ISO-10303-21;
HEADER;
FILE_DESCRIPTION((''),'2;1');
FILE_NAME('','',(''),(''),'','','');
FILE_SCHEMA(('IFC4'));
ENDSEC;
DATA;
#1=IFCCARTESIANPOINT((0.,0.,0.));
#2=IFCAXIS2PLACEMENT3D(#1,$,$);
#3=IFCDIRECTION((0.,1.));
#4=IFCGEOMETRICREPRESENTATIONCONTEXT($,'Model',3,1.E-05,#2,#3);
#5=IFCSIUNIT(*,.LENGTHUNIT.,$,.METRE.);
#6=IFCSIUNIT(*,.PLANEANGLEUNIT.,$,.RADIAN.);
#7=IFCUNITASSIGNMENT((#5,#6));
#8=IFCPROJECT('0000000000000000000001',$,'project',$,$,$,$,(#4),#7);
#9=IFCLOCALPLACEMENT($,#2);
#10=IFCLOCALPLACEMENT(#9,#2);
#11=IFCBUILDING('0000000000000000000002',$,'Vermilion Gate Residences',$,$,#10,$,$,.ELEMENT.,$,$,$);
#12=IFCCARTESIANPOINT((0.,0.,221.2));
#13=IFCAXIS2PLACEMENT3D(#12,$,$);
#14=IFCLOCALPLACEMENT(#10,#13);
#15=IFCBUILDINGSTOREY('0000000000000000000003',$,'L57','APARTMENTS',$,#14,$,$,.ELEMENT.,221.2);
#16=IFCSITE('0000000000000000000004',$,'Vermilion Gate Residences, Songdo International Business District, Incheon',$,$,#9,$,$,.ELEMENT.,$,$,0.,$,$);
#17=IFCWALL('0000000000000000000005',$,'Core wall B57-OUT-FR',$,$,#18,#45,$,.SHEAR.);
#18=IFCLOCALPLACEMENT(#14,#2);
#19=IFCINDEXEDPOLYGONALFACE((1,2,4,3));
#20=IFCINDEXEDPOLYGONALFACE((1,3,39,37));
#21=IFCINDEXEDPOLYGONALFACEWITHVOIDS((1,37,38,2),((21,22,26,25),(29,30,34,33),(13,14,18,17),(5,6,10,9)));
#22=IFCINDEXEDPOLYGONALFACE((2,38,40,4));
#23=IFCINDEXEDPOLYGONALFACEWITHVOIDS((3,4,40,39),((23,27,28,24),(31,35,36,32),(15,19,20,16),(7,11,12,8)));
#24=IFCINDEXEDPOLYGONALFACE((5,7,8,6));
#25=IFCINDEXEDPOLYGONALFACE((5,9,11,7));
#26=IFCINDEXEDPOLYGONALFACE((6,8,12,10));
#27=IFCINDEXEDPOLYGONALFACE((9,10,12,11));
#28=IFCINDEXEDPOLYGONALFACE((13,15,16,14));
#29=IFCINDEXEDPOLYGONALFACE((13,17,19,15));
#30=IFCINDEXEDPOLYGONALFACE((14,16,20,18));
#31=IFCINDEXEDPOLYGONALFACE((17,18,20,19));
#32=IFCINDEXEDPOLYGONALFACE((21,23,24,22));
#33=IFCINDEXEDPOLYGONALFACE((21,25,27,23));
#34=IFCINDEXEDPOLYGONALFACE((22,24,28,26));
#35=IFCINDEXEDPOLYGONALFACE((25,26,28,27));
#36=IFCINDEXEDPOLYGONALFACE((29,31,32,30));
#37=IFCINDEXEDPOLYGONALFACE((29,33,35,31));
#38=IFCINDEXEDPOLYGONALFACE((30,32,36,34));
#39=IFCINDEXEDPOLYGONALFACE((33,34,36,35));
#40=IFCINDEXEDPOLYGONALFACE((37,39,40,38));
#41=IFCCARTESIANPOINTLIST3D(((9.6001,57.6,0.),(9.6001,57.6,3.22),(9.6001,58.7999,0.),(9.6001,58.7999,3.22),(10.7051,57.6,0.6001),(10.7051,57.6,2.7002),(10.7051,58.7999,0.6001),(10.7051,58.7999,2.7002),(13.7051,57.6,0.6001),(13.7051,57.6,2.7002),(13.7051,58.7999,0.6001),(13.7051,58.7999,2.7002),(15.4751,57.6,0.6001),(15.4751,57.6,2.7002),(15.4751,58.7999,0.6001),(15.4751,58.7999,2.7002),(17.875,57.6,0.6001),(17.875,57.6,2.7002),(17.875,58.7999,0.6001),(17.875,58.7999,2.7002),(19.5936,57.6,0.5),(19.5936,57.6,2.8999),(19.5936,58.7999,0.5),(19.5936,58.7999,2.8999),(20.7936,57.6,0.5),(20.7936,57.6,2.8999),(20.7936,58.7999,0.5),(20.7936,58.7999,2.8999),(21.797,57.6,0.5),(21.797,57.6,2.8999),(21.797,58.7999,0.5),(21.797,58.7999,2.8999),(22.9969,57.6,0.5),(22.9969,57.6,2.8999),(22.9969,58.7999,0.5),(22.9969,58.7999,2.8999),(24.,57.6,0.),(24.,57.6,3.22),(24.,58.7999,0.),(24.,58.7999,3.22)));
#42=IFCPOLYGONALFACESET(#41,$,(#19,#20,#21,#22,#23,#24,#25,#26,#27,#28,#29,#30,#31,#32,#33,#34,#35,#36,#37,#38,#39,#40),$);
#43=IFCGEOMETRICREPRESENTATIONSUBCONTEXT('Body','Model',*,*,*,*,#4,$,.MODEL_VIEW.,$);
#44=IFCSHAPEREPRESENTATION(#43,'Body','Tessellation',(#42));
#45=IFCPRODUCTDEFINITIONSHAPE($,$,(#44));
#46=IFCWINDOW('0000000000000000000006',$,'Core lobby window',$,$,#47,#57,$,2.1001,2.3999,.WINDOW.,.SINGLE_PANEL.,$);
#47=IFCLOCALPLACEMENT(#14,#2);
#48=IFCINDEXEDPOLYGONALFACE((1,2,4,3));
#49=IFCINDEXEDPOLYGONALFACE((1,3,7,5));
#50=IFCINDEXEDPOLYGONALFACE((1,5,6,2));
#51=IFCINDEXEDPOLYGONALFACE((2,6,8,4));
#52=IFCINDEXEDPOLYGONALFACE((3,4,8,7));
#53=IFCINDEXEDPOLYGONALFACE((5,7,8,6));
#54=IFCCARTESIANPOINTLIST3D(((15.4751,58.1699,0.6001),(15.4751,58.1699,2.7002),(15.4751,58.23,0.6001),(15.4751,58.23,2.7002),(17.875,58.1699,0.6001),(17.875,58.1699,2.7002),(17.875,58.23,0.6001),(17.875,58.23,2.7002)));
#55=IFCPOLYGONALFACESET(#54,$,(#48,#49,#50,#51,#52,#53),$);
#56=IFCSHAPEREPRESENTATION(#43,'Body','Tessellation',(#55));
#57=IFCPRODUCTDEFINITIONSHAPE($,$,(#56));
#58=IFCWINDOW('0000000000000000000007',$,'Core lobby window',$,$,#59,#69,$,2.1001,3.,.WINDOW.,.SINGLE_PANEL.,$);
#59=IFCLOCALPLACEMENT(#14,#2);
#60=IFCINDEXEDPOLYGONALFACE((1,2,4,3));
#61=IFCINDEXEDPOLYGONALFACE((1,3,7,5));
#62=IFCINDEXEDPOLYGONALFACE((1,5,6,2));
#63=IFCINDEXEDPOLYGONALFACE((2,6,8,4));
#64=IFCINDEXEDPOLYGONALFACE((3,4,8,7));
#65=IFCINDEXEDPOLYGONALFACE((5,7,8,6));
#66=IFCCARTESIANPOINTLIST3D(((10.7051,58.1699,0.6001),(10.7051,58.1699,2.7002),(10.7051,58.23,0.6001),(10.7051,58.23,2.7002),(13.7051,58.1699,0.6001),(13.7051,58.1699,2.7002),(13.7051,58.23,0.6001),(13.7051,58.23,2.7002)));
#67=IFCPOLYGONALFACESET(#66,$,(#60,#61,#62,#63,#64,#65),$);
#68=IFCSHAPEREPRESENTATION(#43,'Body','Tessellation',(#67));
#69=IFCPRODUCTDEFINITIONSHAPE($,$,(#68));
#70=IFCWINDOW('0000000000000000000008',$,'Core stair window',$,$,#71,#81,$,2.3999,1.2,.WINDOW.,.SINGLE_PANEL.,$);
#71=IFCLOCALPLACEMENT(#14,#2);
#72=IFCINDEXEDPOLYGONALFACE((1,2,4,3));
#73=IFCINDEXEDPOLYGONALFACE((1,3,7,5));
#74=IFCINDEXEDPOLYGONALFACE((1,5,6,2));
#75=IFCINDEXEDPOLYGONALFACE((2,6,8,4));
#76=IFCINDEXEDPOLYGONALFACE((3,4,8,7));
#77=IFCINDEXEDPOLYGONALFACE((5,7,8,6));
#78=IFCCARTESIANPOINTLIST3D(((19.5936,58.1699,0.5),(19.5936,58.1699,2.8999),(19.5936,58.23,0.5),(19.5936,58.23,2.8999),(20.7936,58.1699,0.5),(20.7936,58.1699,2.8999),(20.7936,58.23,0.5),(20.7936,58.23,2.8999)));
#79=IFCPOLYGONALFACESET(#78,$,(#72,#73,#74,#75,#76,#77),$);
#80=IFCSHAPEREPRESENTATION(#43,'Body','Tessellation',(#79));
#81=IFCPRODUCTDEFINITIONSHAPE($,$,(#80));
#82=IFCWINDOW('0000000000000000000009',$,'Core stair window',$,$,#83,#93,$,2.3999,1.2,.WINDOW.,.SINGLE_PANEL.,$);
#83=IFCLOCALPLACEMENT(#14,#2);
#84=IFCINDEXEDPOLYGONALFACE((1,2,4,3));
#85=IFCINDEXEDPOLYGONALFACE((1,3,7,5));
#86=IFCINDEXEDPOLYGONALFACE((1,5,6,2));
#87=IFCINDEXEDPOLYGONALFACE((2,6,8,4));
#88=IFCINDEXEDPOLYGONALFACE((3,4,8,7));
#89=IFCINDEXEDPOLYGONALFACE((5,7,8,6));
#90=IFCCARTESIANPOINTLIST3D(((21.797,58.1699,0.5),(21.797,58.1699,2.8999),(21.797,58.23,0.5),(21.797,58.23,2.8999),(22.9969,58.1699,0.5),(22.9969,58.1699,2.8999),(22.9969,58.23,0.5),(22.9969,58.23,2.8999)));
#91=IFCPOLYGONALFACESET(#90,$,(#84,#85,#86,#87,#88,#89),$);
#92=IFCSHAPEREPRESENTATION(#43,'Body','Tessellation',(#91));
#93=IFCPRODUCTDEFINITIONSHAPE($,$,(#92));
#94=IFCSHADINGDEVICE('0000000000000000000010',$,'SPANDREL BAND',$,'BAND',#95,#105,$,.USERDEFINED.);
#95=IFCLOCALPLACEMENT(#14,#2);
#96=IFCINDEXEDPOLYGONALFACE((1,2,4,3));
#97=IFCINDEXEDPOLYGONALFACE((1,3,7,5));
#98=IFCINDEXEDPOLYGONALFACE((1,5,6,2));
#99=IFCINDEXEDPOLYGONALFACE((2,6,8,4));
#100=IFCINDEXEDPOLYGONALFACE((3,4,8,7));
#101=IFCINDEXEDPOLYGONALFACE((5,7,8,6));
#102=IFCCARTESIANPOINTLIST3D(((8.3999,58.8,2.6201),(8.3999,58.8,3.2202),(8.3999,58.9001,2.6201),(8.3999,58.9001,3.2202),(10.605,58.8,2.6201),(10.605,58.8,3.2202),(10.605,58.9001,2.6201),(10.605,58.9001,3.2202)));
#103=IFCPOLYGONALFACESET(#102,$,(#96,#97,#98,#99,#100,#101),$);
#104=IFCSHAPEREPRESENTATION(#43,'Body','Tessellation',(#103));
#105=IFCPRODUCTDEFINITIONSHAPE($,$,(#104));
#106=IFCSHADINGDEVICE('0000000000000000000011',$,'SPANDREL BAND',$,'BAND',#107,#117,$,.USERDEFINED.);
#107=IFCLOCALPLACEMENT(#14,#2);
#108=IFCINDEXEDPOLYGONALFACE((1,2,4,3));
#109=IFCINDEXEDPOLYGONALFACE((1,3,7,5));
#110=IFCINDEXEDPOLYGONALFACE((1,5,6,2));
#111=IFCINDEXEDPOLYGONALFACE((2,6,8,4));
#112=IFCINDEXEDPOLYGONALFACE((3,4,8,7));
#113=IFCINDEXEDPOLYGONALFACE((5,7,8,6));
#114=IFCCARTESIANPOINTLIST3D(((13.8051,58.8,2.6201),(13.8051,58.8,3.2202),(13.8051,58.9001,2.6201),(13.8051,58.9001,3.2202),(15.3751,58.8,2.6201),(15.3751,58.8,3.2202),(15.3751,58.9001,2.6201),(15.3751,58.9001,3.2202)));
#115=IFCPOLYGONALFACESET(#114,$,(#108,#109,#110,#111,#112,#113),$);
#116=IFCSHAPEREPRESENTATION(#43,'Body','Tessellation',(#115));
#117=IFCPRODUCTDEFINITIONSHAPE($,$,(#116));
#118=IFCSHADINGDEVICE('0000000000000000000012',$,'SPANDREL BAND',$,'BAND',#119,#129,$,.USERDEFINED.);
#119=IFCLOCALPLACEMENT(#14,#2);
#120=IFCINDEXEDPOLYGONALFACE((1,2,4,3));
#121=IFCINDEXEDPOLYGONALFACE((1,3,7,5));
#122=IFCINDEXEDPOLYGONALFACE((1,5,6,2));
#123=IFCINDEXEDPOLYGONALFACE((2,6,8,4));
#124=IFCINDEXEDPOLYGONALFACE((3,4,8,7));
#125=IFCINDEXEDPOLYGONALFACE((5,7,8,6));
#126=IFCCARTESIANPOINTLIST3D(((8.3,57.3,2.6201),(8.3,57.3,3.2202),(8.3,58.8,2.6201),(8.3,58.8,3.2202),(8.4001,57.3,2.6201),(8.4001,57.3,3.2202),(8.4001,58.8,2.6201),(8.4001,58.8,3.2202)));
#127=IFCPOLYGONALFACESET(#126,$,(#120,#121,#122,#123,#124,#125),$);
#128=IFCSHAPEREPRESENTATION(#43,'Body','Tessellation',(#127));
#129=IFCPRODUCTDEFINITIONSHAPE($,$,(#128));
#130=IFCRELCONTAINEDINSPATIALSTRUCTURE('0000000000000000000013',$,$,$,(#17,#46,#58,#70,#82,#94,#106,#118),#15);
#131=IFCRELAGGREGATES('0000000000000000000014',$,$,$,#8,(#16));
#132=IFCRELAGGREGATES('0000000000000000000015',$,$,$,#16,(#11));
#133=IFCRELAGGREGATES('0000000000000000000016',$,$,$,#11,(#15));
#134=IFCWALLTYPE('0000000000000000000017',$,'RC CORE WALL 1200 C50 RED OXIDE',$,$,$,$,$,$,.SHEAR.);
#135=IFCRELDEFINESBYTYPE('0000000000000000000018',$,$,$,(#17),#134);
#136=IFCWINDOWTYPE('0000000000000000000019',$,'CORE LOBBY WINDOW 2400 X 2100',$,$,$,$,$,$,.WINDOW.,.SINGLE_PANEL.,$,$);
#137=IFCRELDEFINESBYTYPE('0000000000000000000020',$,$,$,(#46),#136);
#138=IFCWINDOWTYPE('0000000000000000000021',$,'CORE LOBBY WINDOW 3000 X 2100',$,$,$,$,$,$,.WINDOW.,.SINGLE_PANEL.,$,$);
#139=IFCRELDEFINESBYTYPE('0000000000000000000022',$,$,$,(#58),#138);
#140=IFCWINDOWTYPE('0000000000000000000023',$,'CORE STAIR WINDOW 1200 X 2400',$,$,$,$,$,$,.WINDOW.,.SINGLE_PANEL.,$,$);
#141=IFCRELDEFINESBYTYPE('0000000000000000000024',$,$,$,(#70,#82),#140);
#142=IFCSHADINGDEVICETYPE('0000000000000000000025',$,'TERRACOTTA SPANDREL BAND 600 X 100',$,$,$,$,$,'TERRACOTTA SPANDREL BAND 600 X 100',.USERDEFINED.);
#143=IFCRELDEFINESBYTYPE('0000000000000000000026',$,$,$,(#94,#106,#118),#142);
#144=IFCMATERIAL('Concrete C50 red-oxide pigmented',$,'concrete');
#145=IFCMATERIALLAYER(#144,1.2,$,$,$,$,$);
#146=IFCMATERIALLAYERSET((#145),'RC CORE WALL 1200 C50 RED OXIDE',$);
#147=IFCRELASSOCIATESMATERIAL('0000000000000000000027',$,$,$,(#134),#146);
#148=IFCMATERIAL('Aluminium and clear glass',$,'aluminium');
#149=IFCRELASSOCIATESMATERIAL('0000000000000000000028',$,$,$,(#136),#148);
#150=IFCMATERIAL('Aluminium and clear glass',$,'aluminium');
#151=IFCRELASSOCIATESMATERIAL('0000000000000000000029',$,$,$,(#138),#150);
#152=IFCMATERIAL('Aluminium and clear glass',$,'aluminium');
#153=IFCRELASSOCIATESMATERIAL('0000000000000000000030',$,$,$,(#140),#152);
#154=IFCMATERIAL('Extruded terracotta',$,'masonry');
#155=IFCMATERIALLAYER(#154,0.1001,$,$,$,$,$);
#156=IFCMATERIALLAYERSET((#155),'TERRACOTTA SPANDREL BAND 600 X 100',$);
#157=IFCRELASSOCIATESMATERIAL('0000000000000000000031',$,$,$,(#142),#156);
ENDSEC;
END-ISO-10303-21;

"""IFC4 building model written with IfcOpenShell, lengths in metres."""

from ifc_helpers import new_model, si_unit, direction, frame, frame_2d, origin, origin_2d, place, context, subcontext, project, spatial, rectangle, extrude, material, layer, layer_set, type_object, element, fill, save


model = new_model("IFC4")

# Units and contexts
model_context = context("Model", 3, precision=1e-05, world=origin(), true_north=direction((0.0, 1.0)))
body_context = subcontext(model_context, "Body", "Model", "MODEL_VIEW")
ifc_project = project(units=[si_unit("LENGTHUNIT", "METRE"), si_unit("PLANEANGLEUNIT", "RADIAN")], contexts=[model_context])

# Site, building, storey
site_placement = place(None, origin())
site = spatial("IfcSite", under=ifc_project, at=site_placement, Name="Vermilion Gate Residences, Songdo International Business District, Incheon", CompositionType="ELEMENT", RefElevation=0.0)
building_placement = place(site_placement, origin())
building = spatial("IfcBuilding", under=site, at=building_placement, Name="Vermilion Gate Residences", CompositionType="ELEMENT")
storey_placement = place(building_placement, frame((0.0, 0.0, 221.2)))
storey = spatial("IfcBuildingStorey", under=building, at=storey_placement, Name="L57", Description="APARTMENTS", CompositionType="ELEMENT", Elevation=221.2)

# Wall, openings, windows
ifc_material_1 = material(Name="Concrete C50 red-oxide pigmented", Category="concrete")
ifc_layer_1 = layer(ifc_material_1, 1.2)
ifc_layer_set_1 = layer_set([ifc_layer_1], Name="RC CORE WALL 1200 C50 RED OXIDE")
wall_type_1 = type_object("IfcWallType", Name="RC CORE WALL 1200 C50 RED OXIDE", PredefinedType="SHEAR", material=ifc_layer_set_1)
ifc_material_2 = material(Name="Aluminium and clear glass", Category="aluminium")
window_type_1 = type_object("IfcWindowType", Name="CORE LOBBY WINDOW 2400 X 2100", PartitioningType="SINGLE_PANEL", PredefinedType="WINDOW", material=ifc_material_2)
wall_1_placement = place(storey_placement, frame((9.6001, 58.2, 0.0), z_axis=(0.0, 0.0, 1.0), x_axis=(1.0, 0.0, 0.0)))
wall_1 = element("IfcWall", 1, at=wall_1_placement, inside=storey, type_object=wall_type_1, Name="Core wall B57-OUT-FR", PredefinedType="SHEAR", context=body_context, shape_type="SweptSolid", body=[
    extrude(rectangle(XDim=14.3999, YDim=1.2, at=frame_2d((7.2, 0.0))), origin(), (0.0, 0.0, 1.0), 3.22),
])
opening_1_placement = place(wall_1_placement, frame((1.105, 0.0, 0.6001)))
opening_1 = element("IfcOpeningElement", 2, at=opening_1_placement, cuts=wall_1, PredefinedType="OPENING", context=body_context, shape_type="SweptSolid", body=[
    extrude(rectangle(XDim=3.0, YDim=2.1001, at=frame_2d((1.5, 1.05))), frame((0.0, 0.6099, 0.0), z_axis=(0.0, -1.0, 0.0), x_axis=(1.0, 0.0, 0.0)), (0.0, 0.0, 1.0), 1.22),
])
opening_2_placement = place(wall_1_placement, frame((5.875, 0.0, 0.6001)))
opening_2 = element("IfcOpeningElement", 3, at=opening_2_placement, cuts=wall_1, PredefinedType="OPENING", context=body_context, shape_type="SweptSolid", body=[
    extrude(rectangle(XDim=2.3999, YDim=2.1001, at=frame_2d((1.2, 1.05))), frame((0.0, 0.6099, 0.0), z_axis=(0.0, -1.0, 0.0), x_axis=(1.0, 0.0, 0.0)), (0.0, 0.0, 1.0), 1.22),
])
opening_3_placement = place(wall_1_placement, frame((9.9934, 0.0, 0.5)))
opening_3 = element("IfcOpeningElement", 4, at=opening_3_placement, cuts=wall_1, PredefinedType="OPENING", context=body_context, shape_type="SweptSolid", body=[
    extrude(rectangle(XDim=1.2, YDim=2.3999, at=frame_2d((0.6001, 1.2))), frame((0.0, 0.6099, 0.0), z_axis=(0.0, -1.0, 0.0), x_axis=(1.0, 0.0, 0.0)), (0.0, 0.0, 1.0), 1.22),
])
opening_4_placement = place(wall_1_placement, frame((12.1968, 0.0, 0.5)))
opening_4 = element("IfcOpeningElement", 5, at=opening_4_placement, cuts=wall_1, PredefinedType="OPENING", context=body_context, shape_type="SweptSolid", body=[
    extrude(rectangle(XDim=1.2, YDim=2.3999, at=frame_2d((0.6001, 1.2))), frame((0.0, 0.6099, 0.0), z_axis=(0.0, -1.0, 0.0), x_axis=(1.0, 0.0, 0.0)), (0.0, 0.0, 1.0), 1.22),
])
window_1_placement = place(opening_2_placement, origin())
window_1 = element("IfcWindow", 6, at=window_1_placement, inside=storey, type_object=window_type_1, Name="Core lobby window", OverallHeight=2.1001, OverallWidth=2.3999, PartitioningType="SINGLE_PANEL", PredefinedType="WINDOW", context=body_context, shape_type="SweptSolid", body=[
    extrude(rectangle(XDim=2.3999, YDim=2.1001, at=frame_2d((1.2, 1.05))), frame((0.0, 0.03, 0.0), z_axis=(0.0, -1.0, 0.0), x_axis=(1.0, 0.0, 0.0)), (0.0, 0.0, 1.0), 0.0601),
])
fill(opening_2, window_1)
ifc_material_3 = material(Name="Aluminium and clear glass", Category="aluminium")
window_type_2 = type_object("IfcWindowType", Name="CORE LOBBY WINDOW 3000 X 2100", PartitioningType="SINGLE_PANEL", PredefinedType="WINDOW", material=ifc_material_3)
window_2_placement = place(opening_1_placement, origin())
window_2 = element("IfcWindow", 7, at=window_2_placement, inside=storey, type_object=window_type_2, Name="Core lobby window", OverallHeight=2.1001, OverallWidth=3.0, PartitioningType="SINGLE_PANEL", PredefinedType="WINDOW", context=body_context, shape_type="SweptSolid", body=[
    extrude(rectangle(XDim=3.0, YDim=2.1001, at=frame_2d((1.5, 1.05))), frame((0.0, 0.03, 0.0), z_axis=(0.0, -1.0, 0.0), x_axis=(1.0, 0.0, 0.0)), (0.0, 0.0, 1.0), 0.0601),
])
fill(opening_1, window_2)
ifc_material_4 = material(Name="Aluminium and clear glass", Category="aluminium")
window_type_3 = type_object("IfcWindowType", Name="CORE STAIR WINDOW 1200 X 2400", PartitioningType="SINGLE_PANEL", PredefinedType="WINDOW", material=ifc_material_4)
window_3_placement = place(opening_3_placement, origin())
window_3 = element("IfcWindow", 8, at=window_3_placement, inside=storey, type_object=window_type_3, Name="Core stair window", OverallHeight=2.3999, OverallWidth=1.2, PartitioningType="SINGLE_PANEL", PredefinedType="WINDOW", context=body_context, shape_type="SweptSolid", body=[
    extrude(rectangle(XDim=1.2, YDim=2.3999, at=frame_2d((0.6001, 1.2))), frame((0.0, 0.03, 0.0), z_axis=(0.0, -1.0, 0.0), x_axis=(1.0, 0.0, 0.0)), (0.0, 0.0, 1.0), 0.0601),
])
fill(opening_3, window_3)
window_4_placement = place(opening_4_placement, origin())
window_4 = element("IfcWindow", 9, at=window_4_placement, inside=storey, type_object=window_type_3, Name="Core stair window", OverallHeight=2.3999, OverallWidth=1.2, PartitioningType="SINGLE_PANEL", PredefinedType="WINDOW", context=body_context, shape_type="SweptSolid", body=[
    extrude(rectangle(XDim=1.2, YDim=2.3999, at=frame_2d((0.6001, 1.2))), frame((0.0, 0.03, 0.0), z_axis=(0.0, -1.0, 0.0), x_axis=(1.0, 0.0, 0.0)), (0.0, 0.0, 1.0), 0.0601),
])
fill(opening_4, window_4)

# Shading devices
ifc_material_5 = material(Name="Extruded terracotta", Category="masonry")
ifc_layer_2 = layer(ifc_material_5, 0.1001)
ifc_layer_set_2 = layer_set([ifc_layer_2], Name="TERRACOTTA SPANDREL BAND 600 X 100")
shading_device_type = type_object("IfcShadingDeviceType", Name="TERRACOTTA SPANDREL BAND 600 X 100", ElementType="TERRACOTTA SPANDREL BAND 600 X 100", PredefinedType="USERDEFINED", material=ifc_layer_set_2)
shading_device_1_placement = place(storey_placement, frame((9.5024, 58.8501, 2.6201), z_axis=(0.0, 0.0, 1.0), x_axis=(1.0, 0.0, 0.0)))
element("IfcShadingDevice", 10, at=shading_device_1_placement, inside=storey, type_object=shading_device_type, Name="SPANDREL BAND", ObjectType="BAND", PredefinedType="USERDEFINED", context=body_context, shape_type="SweptSolid", body=[
    extrude(rectangle(XDim=2.2051, YDim=0.1001, at=origin_2d()), origin(), (0.0, 0.0, 1.0), 0.6001),
])
shading_device_2_placement = place(storey_placement, frame((14.5901, 58.8501, 2.6201), z_axis=(0.0, 0.0, 1.0), x_axis=(1.0, 0.0, 0.0)))
element("IfcShadingDevice", 11, at=shading_device_2_placement, inside=storey, type_object=shading_device_type, Name="SPANDREL BAND", ObjectType="BAND", PredefinedType="USERDEFINED", context=body_context, shape_type="SweptSolid", body=[
    extrude(rectangle(XDim=1.5701, YDim=0.1001, at=origin_2d()), origin(), (0.0, 0.0, 1.0), 0.6001),
])
shading_device_3_placement = place(storey_placement, frame((8.3501, 58.05, 2.6201), z_axis=(0.0, 0.0, 1.0), x_axis=(0.0, 1.0, 0.0)))
element("IfcShadingDevice", 12, at=shading_device_3_placement, inside=storey, type_object=shading_device_type, Name="SPANDREL BAND", ObjectType="BAND", PredefinedType="USERDEFINED", context=body_context, shape_type="SweptSolid", body=[
    extrude(rectangle(XDim=1.5, YDim=0.1001, at=origin_2d()), origin(), (0.0, 0.0, 1.0), 0.6001),
])

save(model, "model.ifc")
